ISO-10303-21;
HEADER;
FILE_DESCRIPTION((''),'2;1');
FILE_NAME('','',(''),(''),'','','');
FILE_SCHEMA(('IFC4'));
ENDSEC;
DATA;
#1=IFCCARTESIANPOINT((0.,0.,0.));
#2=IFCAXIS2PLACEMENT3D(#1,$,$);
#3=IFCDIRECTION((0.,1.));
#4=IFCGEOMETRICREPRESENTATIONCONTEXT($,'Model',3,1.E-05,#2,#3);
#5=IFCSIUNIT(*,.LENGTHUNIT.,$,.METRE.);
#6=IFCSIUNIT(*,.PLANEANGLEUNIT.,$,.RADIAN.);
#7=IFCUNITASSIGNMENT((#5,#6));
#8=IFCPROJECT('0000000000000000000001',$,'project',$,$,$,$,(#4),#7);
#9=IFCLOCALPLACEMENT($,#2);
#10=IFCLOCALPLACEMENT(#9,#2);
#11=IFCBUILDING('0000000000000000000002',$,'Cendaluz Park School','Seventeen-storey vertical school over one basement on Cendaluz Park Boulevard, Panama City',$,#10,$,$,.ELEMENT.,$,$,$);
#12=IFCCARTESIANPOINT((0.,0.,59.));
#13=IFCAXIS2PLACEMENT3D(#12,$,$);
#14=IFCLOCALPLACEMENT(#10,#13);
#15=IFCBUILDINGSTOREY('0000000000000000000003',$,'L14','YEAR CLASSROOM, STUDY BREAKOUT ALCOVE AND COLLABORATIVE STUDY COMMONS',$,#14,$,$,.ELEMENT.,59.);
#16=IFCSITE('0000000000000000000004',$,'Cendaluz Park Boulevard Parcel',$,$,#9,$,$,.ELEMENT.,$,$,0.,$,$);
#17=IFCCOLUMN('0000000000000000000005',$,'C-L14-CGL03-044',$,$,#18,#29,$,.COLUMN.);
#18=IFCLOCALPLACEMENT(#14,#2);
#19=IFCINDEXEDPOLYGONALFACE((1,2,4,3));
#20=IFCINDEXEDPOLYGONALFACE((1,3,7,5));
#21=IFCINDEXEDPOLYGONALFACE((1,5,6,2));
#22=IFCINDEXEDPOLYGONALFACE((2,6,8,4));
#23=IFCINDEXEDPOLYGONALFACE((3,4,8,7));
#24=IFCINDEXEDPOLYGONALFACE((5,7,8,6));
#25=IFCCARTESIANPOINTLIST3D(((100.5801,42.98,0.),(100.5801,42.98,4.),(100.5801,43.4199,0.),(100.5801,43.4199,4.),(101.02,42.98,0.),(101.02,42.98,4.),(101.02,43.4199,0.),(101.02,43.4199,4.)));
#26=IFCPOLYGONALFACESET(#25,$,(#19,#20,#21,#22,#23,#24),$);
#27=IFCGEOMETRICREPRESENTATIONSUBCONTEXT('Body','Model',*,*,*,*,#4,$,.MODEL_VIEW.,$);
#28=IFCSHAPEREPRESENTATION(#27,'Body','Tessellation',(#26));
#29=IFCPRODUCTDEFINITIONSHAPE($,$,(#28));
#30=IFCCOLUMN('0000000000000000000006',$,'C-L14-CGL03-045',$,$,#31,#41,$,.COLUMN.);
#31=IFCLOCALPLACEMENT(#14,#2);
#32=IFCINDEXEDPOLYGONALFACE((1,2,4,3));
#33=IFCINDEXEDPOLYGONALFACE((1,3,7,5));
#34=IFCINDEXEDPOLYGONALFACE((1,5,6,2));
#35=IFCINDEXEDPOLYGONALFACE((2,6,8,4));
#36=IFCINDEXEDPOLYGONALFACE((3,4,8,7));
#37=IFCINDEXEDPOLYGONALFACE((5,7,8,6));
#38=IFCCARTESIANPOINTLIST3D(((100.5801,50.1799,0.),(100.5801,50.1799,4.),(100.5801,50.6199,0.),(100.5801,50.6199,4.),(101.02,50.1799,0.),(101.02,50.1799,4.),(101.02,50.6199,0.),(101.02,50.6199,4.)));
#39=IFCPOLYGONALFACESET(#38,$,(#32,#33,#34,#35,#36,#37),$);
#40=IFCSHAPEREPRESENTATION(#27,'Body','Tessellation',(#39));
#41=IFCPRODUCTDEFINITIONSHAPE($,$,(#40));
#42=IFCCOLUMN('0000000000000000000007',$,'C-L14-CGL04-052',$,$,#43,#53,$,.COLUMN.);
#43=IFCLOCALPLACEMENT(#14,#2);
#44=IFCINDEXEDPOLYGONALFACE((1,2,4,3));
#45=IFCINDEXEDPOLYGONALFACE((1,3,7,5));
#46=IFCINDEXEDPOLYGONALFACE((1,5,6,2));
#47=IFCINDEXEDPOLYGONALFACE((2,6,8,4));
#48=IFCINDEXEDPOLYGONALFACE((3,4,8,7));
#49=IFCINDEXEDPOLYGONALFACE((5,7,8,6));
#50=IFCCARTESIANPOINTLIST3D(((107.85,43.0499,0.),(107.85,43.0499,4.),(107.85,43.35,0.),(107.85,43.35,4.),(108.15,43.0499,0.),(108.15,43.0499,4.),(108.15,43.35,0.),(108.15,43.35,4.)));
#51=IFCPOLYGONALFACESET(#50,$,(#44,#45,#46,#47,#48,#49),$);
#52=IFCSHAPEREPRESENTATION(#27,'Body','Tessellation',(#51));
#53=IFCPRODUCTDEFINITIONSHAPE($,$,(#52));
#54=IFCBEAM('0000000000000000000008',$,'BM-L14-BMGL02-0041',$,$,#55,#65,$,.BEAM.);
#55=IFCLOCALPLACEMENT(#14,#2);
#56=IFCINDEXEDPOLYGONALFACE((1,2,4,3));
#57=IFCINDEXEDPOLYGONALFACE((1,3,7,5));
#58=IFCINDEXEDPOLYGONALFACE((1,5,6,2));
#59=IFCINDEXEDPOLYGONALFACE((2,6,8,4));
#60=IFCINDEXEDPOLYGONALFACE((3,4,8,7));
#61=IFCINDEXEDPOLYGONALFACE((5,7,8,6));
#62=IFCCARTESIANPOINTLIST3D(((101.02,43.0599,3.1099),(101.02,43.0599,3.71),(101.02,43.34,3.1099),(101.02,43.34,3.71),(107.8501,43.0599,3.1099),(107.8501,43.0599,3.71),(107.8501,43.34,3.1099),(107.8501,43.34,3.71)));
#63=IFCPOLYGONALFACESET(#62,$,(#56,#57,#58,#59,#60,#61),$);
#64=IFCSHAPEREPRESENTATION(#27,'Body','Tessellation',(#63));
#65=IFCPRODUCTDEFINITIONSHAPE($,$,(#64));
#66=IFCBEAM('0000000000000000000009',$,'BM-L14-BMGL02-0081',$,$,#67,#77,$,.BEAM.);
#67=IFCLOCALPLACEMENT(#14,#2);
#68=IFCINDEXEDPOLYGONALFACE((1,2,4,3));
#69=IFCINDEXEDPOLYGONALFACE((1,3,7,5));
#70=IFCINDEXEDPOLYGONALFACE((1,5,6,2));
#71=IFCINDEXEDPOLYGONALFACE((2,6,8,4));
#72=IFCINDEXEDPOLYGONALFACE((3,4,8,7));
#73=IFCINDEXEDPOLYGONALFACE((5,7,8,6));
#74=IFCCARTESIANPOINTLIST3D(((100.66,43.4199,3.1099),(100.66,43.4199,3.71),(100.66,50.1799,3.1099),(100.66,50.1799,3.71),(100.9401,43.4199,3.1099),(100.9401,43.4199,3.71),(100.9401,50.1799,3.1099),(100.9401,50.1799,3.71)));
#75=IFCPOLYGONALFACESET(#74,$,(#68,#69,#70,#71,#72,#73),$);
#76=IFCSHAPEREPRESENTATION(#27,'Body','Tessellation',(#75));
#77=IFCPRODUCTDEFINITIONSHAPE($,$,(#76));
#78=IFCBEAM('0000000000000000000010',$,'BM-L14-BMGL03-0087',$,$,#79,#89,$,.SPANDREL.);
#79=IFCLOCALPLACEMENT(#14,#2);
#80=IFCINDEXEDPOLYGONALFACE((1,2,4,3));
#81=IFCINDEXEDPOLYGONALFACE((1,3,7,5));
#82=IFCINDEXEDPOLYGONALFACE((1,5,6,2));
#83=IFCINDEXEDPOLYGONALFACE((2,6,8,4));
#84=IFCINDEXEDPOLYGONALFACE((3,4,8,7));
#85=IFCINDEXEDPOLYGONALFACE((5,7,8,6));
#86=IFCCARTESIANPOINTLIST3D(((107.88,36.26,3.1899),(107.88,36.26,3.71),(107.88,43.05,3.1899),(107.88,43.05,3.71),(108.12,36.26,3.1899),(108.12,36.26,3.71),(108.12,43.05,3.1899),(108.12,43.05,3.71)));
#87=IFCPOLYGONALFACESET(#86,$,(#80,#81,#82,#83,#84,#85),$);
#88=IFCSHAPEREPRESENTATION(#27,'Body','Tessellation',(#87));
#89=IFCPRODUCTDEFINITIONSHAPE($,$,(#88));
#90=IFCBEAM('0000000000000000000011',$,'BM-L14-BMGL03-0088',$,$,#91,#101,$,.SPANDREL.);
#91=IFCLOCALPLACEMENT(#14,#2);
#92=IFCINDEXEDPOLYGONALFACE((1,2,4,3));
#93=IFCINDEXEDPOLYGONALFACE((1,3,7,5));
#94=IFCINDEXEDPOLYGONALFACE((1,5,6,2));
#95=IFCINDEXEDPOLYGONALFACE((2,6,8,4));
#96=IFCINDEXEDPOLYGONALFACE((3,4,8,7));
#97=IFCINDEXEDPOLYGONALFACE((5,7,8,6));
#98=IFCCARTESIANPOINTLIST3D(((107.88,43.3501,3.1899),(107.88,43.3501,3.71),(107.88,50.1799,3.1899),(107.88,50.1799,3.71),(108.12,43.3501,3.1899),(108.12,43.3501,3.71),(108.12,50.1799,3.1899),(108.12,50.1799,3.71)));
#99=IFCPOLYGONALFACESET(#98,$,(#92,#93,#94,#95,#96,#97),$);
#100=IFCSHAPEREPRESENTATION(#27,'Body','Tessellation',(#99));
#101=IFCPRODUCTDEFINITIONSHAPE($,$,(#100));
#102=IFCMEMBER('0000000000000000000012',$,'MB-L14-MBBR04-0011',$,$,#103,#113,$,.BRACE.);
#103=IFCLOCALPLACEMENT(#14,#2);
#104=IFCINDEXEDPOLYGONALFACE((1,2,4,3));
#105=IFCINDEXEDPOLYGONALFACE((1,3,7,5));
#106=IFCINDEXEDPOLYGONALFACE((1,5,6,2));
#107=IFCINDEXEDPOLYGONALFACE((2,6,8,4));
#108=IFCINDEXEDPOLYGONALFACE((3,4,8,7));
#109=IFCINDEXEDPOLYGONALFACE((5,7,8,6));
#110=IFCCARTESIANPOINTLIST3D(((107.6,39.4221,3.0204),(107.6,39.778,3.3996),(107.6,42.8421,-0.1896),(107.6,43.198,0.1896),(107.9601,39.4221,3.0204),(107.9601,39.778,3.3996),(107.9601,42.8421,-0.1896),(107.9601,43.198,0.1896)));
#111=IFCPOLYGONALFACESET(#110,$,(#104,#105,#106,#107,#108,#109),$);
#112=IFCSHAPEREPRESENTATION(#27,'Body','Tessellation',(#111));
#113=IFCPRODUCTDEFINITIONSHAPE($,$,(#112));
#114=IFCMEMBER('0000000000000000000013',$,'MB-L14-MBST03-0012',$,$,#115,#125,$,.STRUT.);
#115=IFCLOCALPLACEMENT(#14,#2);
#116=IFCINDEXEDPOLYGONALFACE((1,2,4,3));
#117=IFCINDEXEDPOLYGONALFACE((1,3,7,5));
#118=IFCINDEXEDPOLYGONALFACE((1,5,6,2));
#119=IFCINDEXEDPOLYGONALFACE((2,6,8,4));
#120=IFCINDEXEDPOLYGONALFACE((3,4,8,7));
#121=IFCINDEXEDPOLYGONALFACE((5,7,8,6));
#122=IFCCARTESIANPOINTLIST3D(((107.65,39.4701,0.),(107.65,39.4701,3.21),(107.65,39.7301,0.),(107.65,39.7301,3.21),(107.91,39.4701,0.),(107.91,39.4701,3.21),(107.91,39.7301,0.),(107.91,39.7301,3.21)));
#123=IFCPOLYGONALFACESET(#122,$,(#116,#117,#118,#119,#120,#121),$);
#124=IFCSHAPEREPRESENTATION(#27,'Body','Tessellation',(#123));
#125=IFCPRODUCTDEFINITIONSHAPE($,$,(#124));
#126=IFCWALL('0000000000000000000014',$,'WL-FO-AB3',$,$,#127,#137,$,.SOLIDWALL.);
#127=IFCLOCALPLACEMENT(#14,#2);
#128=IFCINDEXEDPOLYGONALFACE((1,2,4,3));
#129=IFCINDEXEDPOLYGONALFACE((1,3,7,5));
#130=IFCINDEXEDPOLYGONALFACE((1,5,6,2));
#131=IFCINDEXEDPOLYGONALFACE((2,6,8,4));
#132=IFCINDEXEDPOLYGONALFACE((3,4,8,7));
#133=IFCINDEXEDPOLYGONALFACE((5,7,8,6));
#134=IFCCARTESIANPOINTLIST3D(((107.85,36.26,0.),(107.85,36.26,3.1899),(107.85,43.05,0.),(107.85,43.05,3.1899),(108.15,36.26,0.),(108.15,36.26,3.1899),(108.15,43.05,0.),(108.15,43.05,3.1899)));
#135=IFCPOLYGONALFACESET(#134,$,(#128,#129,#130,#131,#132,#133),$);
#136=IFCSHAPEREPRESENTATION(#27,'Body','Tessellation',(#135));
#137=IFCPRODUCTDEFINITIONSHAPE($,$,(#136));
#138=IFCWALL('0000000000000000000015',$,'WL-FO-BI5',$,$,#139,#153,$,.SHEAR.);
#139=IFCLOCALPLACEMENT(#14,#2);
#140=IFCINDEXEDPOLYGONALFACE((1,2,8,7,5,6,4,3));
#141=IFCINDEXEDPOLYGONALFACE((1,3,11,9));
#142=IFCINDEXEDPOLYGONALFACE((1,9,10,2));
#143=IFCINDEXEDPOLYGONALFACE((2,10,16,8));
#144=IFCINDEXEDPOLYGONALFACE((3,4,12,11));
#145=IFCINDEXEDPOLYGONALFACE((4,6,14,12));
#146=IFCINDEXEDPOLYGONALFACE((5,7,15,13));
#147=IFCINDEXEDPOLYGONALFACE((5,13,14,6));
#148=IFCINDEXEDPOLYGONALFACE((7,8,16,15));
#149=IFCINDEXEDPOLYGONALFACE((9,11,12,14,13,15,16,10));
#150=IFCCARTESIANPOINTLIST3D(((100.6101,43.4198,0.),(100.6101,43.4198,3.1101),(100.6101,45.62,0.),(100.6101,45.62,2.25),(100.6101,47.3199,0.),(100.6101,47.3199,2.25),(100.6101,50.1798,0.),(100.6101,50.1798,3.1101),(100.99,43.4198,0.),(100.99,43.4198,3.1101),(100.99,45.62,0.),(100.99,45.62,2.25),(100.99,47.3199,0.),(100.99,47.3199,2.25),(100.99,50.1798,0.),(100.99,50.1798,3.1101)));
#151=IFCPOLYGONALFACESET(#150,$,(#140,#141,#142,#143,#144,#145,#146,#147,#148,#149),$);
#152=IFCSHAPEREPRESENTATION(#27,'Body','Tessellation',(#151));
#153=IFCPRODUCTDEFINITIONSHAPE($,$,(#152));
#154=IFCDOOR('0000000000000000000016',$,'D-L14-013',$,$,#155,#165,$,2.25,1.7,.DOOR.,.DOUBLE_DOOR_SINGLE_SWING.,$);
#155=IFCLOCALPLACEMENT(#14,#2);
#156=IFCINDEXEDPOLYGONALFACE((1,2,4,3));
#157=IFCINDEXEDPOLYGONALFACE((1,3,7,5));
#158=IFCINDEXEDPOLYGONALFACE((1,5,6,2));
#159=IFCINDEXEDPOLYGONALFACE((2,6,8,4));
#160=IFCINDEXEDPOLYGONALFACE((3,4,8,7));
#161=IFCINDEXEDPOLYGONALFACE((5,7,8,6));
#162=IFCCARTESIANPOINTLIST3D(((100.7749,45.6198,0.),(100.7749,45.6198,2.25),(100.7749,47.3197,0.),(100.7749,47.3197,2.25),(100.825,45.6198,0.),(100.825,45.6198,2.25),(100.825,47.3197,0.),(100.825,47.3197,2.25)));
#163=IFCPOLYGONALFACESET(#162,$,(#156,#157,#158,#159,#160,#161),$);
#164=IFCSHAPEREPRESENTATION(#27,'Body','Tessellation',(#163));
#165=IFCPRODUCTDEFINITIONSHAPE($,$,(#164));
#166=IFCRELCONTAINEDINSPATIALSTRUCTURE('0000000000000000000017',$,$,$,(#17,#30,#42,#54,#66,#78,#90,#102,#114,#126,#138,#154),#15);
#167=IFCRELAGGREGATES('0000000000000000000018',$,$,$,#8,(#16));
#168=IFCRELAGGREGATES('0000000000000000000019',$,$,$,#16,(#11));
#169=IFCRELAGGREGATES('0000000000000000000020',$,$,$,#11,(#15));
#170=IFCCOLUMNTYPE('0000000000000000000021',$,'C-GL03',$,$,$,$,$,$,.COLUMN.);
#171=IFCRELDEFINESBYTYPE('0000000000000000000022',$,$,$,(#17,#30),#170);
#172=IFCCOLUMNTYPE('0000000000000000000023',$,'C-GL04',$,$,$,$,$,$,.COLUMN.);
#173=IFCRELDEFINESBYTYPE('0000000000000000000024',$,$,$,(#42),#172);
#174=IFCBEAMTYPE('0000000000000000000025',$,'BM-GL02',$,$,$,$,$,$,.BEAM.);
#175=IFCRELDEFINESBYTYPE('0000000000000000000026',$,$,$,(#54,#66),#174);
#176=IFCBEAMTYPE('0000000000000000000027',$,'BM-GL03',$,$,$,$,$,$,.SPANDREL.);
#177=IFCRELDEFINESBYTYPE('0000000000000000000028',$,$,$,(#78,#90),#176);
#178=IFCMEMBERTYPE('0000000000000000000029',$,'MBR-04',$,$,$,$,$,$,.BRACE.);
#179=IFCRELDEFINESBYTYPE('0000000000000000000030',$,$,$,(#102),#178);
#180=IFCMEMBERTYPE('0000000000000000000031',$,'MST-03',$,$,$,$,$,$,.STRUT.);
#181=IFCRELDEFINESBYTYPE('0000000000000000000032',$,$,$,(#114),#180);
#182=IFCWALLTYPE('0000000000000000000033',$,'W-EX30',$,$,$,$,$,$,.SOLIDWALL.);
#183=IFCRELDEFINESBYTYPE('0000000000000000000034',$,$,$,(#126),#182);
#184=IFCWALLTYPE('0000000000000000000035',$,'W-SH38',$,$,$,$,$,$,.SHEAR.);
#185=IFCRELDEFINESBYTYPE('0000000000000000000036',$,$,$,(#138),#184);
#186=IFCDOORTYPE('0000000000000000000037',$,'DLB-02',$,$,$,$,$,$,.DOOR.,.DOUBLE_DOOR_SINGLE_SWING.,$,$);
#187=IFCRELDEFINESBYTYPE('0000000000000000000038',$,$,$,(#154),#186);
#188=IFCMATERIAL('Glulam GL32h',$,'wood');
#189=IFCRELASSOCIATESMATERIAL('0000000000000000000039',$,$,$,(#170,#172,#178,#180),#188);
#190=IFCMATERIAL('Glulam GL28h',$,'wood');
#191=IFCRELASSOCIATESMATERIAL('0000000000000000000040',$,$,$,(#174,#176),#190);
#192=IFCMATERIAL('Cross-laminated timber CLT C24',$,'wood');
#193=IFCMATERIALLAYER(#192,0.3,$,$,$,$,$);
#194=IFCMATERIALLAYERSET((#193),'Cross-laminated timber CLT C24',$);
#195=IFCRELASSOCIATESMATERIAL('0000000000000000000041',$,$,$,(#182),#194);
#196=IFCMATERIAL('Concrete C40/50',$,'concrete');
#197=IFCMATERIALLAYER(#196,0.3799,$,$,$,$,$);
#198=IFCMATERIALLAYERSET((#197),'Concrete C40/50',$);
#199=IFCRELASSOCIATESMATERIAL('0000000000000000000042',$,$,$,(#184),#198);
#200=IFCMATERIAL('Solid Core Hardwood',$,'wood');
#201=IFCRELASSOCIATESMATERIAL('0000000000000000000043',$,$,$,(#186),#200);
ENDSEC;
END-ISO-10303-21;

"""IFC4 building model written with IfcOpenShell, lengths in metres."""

from ifc_helpers import new_model, si_unit, direction, frame, frame_2d, origin, origin_2d, place, context, subcontext, project, spatial, rectangle, extrude, material, layer, layer_set, material_profile, profile_set, type_object, element, fill, save


model = new_model("IFC4")

# Units and contexts
model_context = context("Model", 3, precision=1e-05, world=origin(), true_north=direction((0.0, 1.0)))
body_context = subcontext(model_context, "Body", "Model", "MODEL_VIEW")
ifc_project = project(units=[si_unit("LENGTHUNIT", "METRE"), si_unit("PLANEANGLEUNIT", "RADIAN")], contexts=[model_context])

# Site, building, storey
site_placement = place(None, origin())
site = spatial("IfcSite", under=ifc_project, at=site_placement, Name="Cendaluz Park Boulevard Parcel", CompositionType="ELEMENT", RefElevation=0.0)
building_placement = place(site_placement, origin())
building = spatial("IfcBuilding", under=site, at=building_placement, Name="Cendaluz Park School", Description="Seventeen-storey vertical school over one basement on Cendaluz Park Boulevard, Panama City", CompositionType="ELEMENT")
storey_placement = place(building_placement, frame((0.0, 0.0, 59.0)))
storey = spatial("IfcBuildingStorey", under=building, at=storey_placement, Name="L14", Description="YEAR CLASSROOM, STUDY BREAKOUT ALCOVE AND COLLABORATIVE STUDY COMMONS", CompositionType="ELEMENT", Elevation=59.0)

# Columns
ifc_material_1 = material(Name="Glulam GL32h", Category="wood")
ifc_material_profile_1 = material_profile(ifc_material_1, rectangle(XDim=0.4399, YDim=0.4399, at=origin_2d()), Name="GL32h 440x440", Category="wood")
ifc_profile_set_1 = profile_set([ifc_material_profile_1], Name="Glulam GL32h")
column_type_1 = type_object("IfcColumnType", Name="C-GL03", PredefinedType="COLUMN", material=ifc_profile_set_1)
for number, where, z_axis, x_axis, name in (
    (1, (100.8, 43.2, 0.0), (0.0, 0.0, 1.0), (1.0, 0.0, 0.0), "C-L14-CGL03-044"),
    (2, (100.8, 50.3999, 0.0), (0.0, 0.0, 1.0), (1.0, 0.0, 0.0), "C-L14-CGL03-045"),
):
    element("IfcColumn", number, at=place(storey_placement, frame(where, z_axis=z_axis, x_axis=x_axis)), inside=storey, type_object=column_type_1, Name=name, PredefinedType="COLUMN", context=body_context, shape_type="SweptSolid", body=[
        extrude(rectangle(XDim=0.4399, YDim=0.4399, at=origin_2d()), origin(), (0.0, 0.0, 1.0), 4.0),
    ])
ifc_material_profile_2 = material_profile(ifc_material_1, rectangle(XDim=0.3, YDim=0.3, at=origin_2d()), Name="GL32h 300x300", Category="wood")
ifc_profile_set_2 = profile_set([ifc_material_profile_2], Name="Glulam GL32h")
column_type_2 = type_object("IfcColumnType", Name="C-GL04", PredefinedType="COLUMN", material=ifc_profile_set_2)
column_placement = place(storey_placement, frame((108.0, 43.2, 0.0), z_axis=(0.0, 0.0, 1.0), x_axis=(1.0, 0.0, 0.0)))
element("IfcColumn", 3, at=column_placement, inside=storey, type_object=column_type_2, Name="C-L14-CGL04-052", PredefinedType="COLUMN", context=body_context, shape_type="SweptSolid", body=[
    extrude(rectangle(XDim=0.3, YDim=0.3, at=origin_2d()), origin(), (0.0, 0.0, 1.0), 4.0),
])

# Beams
ifc_material_2 = material(Name="Glulam GL28h", Category="wood")
ifc_material_profile_3 = material_profile(ifc_material_2, rectangle(XDim=0.28, YDim=0.6001, at=origin_2d()), Name="GL28h 280x600", Category="wood")
ifc_profile_set_3 = profile_set([ifc_material_profile_3], Name="Glulam GL28h")
beam_type_1 = type_object("IfcBeamType", Name="BM-GL02", PredefinedType="BEAM", material=ifc_profile_set_3)
beam_1_placement = place(storey_placement, frame((101.02, 43.2, 3.4099), z_axis=(1.0, 0.0, 0.0), x_axis=(0.0, 1.0, 0.0)))
element("IfcBeam", 4, at=beam_1_placement, inside=storey, type_object=beam_type_1, Name="BM-L14-BMGL02-0041", PredefinedType="BEAM", context=body_context, shape_type="SweptSolid", body=[
    extrude(rectangle(XDim=0.28, YDim=0.6001, at=origin_2d()), origin(), (0.0, 0.0, 1.0), 6.8301),
])
beam_2_placement = place(storey_placement, frame((100.8, 43.4199, 3.4099), z_axis=(0.0, 1.0, 0.0), x_axis=(-1.0, 0.0, 0.0)))
element("IfcBeam", 5, at=beam_2_placement, inside=storey, type_object=beam_type_1, Name="BM-L14-BMGL02-0081", PredefinedType="BEAM", context=body_context, shape_type="SweptSolid", body=[
    extrude(rectangle(XDim=0.28, YDim=0.6001, at=origin_2d()), origin(), (0.0, 0.0, 1.0), 6.76),
])
ifc_material_profile_4 = material_profile(ifc_material_2, rectangle(XDim=0.24, YDim=0.52, at=origin_2d()), Name="GL28h 240x520", Category="wood")
ifc_profile_set_4 = profile_set([ifc_material_profile_4], Name="Glulam GL28h")
beam_type_2 = type_object("IfcBeamType", Name="BM-GL03", PredefinedType="SPANDREL", material=ifc_profile_set_4)
beam_3_placement = place(storey_placement, frame((108.0, 36.26, 3.45), z_axis=(0.0, 1.0, 0.0), x_axis=(-1.0, 0.0, 0.0)))
element("IfcBeam", 6, at=beam_3_placement, inside=storey, type_object=beam_type_2, Name="BM-L14-BMGL03-0087", PredefinedType="SPANDREL", context=body_context, shape_type="SweptSolid", body=[
    extrude(rectangle(XDim=0.24, YDim=0.52, at=origin_2d()), origin(), (0.0, 0.0, 1.0), 6.79),
])
beam_4_placement = place(storey_placement, frame((108.0, 43.3501, 3.45), z_axis=(0.0, 1.0, 0.0), x_axis=(-1.0, 0.0, 0.0)))
element("IfcBeam", 7, at=beam_4_placement, inside=storey, type_object=beam_type_2, Name="BM-L14-BMGL03-0088", PredefinedType="SPANDREL", context=body_context, shape_type="SweptSolid", body=[
    extrude(rectangle(XDim=0.24, YDim=0.52, at=origin_2d()), origin(), (0.0, 0.0, 1.0), 6.8298),
])

# Members
ifc_material_profile_5 = material_profile(ifc_material_1, rectangle(XDim=0.3601, YDim=0.52, at=origin_2d()), Name="GL32h 360x520", Category="wood")
ifc_profile_set_5 = profile_set([ifc_material_profile_5], Name="Glulam GL32h")
member_type_1 = type_object("IfcMemberType", Name="MBR-04", PredefinedType="BRACE", material=ifc_profile_set_5)
member_1_placement = place(storey_placement, frame((107.78, 43.02, 0.0), z_axis=(0.0, -0.729135, 0.68437), x_axis=(1.0, 0.0, 0.0)))
element("IfcMember", 8, at=member_1_placement, inside=storey, type_object=member_type_1, Name="MB-L14-MBBR04-0011", PredefinedType="BRACE", context=body_context, shape_type="SweptSolid", body=[
    extrude(rectangle(XDim=0.3601, YDim=0.52, at=origin_2d()), origin(), (0.0, 0.0, 1.0), 4.6904),
])
ifc_material_profile_6 = material_profile(ifc_material_1, rectangle(XDim=0.26, YDim=0.26, at=origin_2d()), Name="GL32h 260x260", Category="wood")
ifc_profile_set_6 = profile_set([ifc_material_profile_6], Name="Glulam GL32h")
member_type_2 = type_object("IfcMemberType", Name="MST-03", PredefinedType="STRUT", material=ifc_profile_set_6)
member_2_placement = place(storey_placement, frame((107.78, 39.6001, 0.0), z_axis=(0.0, 0.0, 1.0), x_axis=(1.0, 0.0, 0.0)))
element("IfcMember", 9, at=member_2_placement, inside=storey, type_object=member_type_2, Name="MB-L14-MBST03-0012", PredefinedType="STRUT", context=body_context, shape_type="SweptSolid", body=[
    extrude(rectangle(XDim=0.26, YDim=0.26, at=origin_2d()), origin(), (0.0, 0.0, 1.0), 3.21),
])

# Wall
ifc_material_3 = material(Name="Cross-laminated timber CLT C24", Category="wood")
ifc_layer_1 = layer(ifc_material_3, 0.3)
ifc_layer_set_1 = layer_set([ifc_layer_1], Name="Cross-laminated timber CLT C24")
wall_type_1 = type_object("IfcWallType", Name="W-EX30", PredefinedType="SOLIDWALL", material=ifc_layer_set_1)
wall_1_placement = place(storey_placement, frame((108.0, 36.26, 0.0), z_axis=(0.0, 0.0, 1.0), x_axis=(0.0, 1.0, 0.0)))
element("IfcWall", 10, at=wall_1_placement, inside=storey, type_object=wall_type_1, Name="WL-FO-AB3", PredefinedType="SOLIDWALL", context=body_context, shape_type="SweptSolid", body=[
    extrude(rectangle(XDim=6.79, YDim=0.3, at=frame_2d((3.395, 0.0))), origin(), (0.0, 0.0, 1.0), 3.1899),
])

# Shared definitions
ifc_material_4 = material(Name="Concrete C40/50", Category="concrete")
ifc_material_5 = material(Name="Solid Core Hardwood", Category="wood")

# Wall, opening, door
ifc_layer_2 = layer(ifc_material_4, 0.3799)
ifc_layer_set_2 = layer_set([ifc_layer_2], Name="Concrete C40/50")
wall_type_2 = type_object("IfcWallType", Name="W-SH38", PredefinedType="SHEAR", material=ifc_layer_set_2)
wall_2_placement = place(storey_placement, frame((100.8, 43.4199, 0.0), z_axis=(0.0, 0.0, 1.0), x_axis=(0.0, 1.0, 0.0)))
wall_2 = element("IfcWall", 11, at=wall_2_placement, inside=storey, type_object=wall_type_2, Name="WL-FO-BI5", PredefinedType="SHEAR", context=body_context, shape_type="SweptSolid", body=[
    extrude(rectangle(XDim=6.76, YDim=0.3799, at=frame_2d((3.3799, 0.0))), origin(), (0.0, 0.0, 1.0), 3.1101),
])
opening_1_placement = place(wall_2_placement, frame((2.2, 0.0, 0.0)))
opening_1 = element("IfcOpeningElement", 12, at=opening_1_placement, cuts=wall_2, PredefinedType="OPENING", context=body_context, shape_type="SweptSolid", body=[
    extrude(rectangle(XDim=1.7, YDim=2.25, at=frame_2d((0.8501, 1.125))), frame((0.0, 0.2019, 0.0), z_axis=(0.0, -1.0, 0.0), x_axis=(1.0, 0.0, 0.0)), (0.0, 0.0, 1.0), 0.4038),
])
door_type_1 = type_object("IfcDoorType", Name="DLB-02", OperationType="DOUBLE_DOOR_SINGLE_SWING", PredefinedType="DOOR", material=ifc_material_5)
door_1_placement = place(opening_1_placement, frame((1.7, 0.0, 0.0), z_axis=(0.0, 0.0, 1.0), x_axis=(-1.0, 0.0, 0.0)))
door_1 = element("IfcDoor", 13, at=door_1_placement, inside=storey, type_object=door_type_1, Name="D-L14-013", OperationType="DOUBLE_DOOR_SINGLE_SWING", OverallHeight=2.25, OverallWidth=1.7, PredefinedType="DOOR", context=body_context, shape_type="SweptSolid", body=[
    extrude(rectangle(XDim=1.7, YDim=2.25, at=frame_2d((0.8501, 1.125))), frame((0.0, 0.0249, 0.0), z_axis=(0.0, -1.0, 0.0), x_axis=(1.0, 0.0, 0.0)), (0.0, 0.0, 1.0), 0.05),
])
fill(opening_1, door_1)

save(model, "model.ifc")
